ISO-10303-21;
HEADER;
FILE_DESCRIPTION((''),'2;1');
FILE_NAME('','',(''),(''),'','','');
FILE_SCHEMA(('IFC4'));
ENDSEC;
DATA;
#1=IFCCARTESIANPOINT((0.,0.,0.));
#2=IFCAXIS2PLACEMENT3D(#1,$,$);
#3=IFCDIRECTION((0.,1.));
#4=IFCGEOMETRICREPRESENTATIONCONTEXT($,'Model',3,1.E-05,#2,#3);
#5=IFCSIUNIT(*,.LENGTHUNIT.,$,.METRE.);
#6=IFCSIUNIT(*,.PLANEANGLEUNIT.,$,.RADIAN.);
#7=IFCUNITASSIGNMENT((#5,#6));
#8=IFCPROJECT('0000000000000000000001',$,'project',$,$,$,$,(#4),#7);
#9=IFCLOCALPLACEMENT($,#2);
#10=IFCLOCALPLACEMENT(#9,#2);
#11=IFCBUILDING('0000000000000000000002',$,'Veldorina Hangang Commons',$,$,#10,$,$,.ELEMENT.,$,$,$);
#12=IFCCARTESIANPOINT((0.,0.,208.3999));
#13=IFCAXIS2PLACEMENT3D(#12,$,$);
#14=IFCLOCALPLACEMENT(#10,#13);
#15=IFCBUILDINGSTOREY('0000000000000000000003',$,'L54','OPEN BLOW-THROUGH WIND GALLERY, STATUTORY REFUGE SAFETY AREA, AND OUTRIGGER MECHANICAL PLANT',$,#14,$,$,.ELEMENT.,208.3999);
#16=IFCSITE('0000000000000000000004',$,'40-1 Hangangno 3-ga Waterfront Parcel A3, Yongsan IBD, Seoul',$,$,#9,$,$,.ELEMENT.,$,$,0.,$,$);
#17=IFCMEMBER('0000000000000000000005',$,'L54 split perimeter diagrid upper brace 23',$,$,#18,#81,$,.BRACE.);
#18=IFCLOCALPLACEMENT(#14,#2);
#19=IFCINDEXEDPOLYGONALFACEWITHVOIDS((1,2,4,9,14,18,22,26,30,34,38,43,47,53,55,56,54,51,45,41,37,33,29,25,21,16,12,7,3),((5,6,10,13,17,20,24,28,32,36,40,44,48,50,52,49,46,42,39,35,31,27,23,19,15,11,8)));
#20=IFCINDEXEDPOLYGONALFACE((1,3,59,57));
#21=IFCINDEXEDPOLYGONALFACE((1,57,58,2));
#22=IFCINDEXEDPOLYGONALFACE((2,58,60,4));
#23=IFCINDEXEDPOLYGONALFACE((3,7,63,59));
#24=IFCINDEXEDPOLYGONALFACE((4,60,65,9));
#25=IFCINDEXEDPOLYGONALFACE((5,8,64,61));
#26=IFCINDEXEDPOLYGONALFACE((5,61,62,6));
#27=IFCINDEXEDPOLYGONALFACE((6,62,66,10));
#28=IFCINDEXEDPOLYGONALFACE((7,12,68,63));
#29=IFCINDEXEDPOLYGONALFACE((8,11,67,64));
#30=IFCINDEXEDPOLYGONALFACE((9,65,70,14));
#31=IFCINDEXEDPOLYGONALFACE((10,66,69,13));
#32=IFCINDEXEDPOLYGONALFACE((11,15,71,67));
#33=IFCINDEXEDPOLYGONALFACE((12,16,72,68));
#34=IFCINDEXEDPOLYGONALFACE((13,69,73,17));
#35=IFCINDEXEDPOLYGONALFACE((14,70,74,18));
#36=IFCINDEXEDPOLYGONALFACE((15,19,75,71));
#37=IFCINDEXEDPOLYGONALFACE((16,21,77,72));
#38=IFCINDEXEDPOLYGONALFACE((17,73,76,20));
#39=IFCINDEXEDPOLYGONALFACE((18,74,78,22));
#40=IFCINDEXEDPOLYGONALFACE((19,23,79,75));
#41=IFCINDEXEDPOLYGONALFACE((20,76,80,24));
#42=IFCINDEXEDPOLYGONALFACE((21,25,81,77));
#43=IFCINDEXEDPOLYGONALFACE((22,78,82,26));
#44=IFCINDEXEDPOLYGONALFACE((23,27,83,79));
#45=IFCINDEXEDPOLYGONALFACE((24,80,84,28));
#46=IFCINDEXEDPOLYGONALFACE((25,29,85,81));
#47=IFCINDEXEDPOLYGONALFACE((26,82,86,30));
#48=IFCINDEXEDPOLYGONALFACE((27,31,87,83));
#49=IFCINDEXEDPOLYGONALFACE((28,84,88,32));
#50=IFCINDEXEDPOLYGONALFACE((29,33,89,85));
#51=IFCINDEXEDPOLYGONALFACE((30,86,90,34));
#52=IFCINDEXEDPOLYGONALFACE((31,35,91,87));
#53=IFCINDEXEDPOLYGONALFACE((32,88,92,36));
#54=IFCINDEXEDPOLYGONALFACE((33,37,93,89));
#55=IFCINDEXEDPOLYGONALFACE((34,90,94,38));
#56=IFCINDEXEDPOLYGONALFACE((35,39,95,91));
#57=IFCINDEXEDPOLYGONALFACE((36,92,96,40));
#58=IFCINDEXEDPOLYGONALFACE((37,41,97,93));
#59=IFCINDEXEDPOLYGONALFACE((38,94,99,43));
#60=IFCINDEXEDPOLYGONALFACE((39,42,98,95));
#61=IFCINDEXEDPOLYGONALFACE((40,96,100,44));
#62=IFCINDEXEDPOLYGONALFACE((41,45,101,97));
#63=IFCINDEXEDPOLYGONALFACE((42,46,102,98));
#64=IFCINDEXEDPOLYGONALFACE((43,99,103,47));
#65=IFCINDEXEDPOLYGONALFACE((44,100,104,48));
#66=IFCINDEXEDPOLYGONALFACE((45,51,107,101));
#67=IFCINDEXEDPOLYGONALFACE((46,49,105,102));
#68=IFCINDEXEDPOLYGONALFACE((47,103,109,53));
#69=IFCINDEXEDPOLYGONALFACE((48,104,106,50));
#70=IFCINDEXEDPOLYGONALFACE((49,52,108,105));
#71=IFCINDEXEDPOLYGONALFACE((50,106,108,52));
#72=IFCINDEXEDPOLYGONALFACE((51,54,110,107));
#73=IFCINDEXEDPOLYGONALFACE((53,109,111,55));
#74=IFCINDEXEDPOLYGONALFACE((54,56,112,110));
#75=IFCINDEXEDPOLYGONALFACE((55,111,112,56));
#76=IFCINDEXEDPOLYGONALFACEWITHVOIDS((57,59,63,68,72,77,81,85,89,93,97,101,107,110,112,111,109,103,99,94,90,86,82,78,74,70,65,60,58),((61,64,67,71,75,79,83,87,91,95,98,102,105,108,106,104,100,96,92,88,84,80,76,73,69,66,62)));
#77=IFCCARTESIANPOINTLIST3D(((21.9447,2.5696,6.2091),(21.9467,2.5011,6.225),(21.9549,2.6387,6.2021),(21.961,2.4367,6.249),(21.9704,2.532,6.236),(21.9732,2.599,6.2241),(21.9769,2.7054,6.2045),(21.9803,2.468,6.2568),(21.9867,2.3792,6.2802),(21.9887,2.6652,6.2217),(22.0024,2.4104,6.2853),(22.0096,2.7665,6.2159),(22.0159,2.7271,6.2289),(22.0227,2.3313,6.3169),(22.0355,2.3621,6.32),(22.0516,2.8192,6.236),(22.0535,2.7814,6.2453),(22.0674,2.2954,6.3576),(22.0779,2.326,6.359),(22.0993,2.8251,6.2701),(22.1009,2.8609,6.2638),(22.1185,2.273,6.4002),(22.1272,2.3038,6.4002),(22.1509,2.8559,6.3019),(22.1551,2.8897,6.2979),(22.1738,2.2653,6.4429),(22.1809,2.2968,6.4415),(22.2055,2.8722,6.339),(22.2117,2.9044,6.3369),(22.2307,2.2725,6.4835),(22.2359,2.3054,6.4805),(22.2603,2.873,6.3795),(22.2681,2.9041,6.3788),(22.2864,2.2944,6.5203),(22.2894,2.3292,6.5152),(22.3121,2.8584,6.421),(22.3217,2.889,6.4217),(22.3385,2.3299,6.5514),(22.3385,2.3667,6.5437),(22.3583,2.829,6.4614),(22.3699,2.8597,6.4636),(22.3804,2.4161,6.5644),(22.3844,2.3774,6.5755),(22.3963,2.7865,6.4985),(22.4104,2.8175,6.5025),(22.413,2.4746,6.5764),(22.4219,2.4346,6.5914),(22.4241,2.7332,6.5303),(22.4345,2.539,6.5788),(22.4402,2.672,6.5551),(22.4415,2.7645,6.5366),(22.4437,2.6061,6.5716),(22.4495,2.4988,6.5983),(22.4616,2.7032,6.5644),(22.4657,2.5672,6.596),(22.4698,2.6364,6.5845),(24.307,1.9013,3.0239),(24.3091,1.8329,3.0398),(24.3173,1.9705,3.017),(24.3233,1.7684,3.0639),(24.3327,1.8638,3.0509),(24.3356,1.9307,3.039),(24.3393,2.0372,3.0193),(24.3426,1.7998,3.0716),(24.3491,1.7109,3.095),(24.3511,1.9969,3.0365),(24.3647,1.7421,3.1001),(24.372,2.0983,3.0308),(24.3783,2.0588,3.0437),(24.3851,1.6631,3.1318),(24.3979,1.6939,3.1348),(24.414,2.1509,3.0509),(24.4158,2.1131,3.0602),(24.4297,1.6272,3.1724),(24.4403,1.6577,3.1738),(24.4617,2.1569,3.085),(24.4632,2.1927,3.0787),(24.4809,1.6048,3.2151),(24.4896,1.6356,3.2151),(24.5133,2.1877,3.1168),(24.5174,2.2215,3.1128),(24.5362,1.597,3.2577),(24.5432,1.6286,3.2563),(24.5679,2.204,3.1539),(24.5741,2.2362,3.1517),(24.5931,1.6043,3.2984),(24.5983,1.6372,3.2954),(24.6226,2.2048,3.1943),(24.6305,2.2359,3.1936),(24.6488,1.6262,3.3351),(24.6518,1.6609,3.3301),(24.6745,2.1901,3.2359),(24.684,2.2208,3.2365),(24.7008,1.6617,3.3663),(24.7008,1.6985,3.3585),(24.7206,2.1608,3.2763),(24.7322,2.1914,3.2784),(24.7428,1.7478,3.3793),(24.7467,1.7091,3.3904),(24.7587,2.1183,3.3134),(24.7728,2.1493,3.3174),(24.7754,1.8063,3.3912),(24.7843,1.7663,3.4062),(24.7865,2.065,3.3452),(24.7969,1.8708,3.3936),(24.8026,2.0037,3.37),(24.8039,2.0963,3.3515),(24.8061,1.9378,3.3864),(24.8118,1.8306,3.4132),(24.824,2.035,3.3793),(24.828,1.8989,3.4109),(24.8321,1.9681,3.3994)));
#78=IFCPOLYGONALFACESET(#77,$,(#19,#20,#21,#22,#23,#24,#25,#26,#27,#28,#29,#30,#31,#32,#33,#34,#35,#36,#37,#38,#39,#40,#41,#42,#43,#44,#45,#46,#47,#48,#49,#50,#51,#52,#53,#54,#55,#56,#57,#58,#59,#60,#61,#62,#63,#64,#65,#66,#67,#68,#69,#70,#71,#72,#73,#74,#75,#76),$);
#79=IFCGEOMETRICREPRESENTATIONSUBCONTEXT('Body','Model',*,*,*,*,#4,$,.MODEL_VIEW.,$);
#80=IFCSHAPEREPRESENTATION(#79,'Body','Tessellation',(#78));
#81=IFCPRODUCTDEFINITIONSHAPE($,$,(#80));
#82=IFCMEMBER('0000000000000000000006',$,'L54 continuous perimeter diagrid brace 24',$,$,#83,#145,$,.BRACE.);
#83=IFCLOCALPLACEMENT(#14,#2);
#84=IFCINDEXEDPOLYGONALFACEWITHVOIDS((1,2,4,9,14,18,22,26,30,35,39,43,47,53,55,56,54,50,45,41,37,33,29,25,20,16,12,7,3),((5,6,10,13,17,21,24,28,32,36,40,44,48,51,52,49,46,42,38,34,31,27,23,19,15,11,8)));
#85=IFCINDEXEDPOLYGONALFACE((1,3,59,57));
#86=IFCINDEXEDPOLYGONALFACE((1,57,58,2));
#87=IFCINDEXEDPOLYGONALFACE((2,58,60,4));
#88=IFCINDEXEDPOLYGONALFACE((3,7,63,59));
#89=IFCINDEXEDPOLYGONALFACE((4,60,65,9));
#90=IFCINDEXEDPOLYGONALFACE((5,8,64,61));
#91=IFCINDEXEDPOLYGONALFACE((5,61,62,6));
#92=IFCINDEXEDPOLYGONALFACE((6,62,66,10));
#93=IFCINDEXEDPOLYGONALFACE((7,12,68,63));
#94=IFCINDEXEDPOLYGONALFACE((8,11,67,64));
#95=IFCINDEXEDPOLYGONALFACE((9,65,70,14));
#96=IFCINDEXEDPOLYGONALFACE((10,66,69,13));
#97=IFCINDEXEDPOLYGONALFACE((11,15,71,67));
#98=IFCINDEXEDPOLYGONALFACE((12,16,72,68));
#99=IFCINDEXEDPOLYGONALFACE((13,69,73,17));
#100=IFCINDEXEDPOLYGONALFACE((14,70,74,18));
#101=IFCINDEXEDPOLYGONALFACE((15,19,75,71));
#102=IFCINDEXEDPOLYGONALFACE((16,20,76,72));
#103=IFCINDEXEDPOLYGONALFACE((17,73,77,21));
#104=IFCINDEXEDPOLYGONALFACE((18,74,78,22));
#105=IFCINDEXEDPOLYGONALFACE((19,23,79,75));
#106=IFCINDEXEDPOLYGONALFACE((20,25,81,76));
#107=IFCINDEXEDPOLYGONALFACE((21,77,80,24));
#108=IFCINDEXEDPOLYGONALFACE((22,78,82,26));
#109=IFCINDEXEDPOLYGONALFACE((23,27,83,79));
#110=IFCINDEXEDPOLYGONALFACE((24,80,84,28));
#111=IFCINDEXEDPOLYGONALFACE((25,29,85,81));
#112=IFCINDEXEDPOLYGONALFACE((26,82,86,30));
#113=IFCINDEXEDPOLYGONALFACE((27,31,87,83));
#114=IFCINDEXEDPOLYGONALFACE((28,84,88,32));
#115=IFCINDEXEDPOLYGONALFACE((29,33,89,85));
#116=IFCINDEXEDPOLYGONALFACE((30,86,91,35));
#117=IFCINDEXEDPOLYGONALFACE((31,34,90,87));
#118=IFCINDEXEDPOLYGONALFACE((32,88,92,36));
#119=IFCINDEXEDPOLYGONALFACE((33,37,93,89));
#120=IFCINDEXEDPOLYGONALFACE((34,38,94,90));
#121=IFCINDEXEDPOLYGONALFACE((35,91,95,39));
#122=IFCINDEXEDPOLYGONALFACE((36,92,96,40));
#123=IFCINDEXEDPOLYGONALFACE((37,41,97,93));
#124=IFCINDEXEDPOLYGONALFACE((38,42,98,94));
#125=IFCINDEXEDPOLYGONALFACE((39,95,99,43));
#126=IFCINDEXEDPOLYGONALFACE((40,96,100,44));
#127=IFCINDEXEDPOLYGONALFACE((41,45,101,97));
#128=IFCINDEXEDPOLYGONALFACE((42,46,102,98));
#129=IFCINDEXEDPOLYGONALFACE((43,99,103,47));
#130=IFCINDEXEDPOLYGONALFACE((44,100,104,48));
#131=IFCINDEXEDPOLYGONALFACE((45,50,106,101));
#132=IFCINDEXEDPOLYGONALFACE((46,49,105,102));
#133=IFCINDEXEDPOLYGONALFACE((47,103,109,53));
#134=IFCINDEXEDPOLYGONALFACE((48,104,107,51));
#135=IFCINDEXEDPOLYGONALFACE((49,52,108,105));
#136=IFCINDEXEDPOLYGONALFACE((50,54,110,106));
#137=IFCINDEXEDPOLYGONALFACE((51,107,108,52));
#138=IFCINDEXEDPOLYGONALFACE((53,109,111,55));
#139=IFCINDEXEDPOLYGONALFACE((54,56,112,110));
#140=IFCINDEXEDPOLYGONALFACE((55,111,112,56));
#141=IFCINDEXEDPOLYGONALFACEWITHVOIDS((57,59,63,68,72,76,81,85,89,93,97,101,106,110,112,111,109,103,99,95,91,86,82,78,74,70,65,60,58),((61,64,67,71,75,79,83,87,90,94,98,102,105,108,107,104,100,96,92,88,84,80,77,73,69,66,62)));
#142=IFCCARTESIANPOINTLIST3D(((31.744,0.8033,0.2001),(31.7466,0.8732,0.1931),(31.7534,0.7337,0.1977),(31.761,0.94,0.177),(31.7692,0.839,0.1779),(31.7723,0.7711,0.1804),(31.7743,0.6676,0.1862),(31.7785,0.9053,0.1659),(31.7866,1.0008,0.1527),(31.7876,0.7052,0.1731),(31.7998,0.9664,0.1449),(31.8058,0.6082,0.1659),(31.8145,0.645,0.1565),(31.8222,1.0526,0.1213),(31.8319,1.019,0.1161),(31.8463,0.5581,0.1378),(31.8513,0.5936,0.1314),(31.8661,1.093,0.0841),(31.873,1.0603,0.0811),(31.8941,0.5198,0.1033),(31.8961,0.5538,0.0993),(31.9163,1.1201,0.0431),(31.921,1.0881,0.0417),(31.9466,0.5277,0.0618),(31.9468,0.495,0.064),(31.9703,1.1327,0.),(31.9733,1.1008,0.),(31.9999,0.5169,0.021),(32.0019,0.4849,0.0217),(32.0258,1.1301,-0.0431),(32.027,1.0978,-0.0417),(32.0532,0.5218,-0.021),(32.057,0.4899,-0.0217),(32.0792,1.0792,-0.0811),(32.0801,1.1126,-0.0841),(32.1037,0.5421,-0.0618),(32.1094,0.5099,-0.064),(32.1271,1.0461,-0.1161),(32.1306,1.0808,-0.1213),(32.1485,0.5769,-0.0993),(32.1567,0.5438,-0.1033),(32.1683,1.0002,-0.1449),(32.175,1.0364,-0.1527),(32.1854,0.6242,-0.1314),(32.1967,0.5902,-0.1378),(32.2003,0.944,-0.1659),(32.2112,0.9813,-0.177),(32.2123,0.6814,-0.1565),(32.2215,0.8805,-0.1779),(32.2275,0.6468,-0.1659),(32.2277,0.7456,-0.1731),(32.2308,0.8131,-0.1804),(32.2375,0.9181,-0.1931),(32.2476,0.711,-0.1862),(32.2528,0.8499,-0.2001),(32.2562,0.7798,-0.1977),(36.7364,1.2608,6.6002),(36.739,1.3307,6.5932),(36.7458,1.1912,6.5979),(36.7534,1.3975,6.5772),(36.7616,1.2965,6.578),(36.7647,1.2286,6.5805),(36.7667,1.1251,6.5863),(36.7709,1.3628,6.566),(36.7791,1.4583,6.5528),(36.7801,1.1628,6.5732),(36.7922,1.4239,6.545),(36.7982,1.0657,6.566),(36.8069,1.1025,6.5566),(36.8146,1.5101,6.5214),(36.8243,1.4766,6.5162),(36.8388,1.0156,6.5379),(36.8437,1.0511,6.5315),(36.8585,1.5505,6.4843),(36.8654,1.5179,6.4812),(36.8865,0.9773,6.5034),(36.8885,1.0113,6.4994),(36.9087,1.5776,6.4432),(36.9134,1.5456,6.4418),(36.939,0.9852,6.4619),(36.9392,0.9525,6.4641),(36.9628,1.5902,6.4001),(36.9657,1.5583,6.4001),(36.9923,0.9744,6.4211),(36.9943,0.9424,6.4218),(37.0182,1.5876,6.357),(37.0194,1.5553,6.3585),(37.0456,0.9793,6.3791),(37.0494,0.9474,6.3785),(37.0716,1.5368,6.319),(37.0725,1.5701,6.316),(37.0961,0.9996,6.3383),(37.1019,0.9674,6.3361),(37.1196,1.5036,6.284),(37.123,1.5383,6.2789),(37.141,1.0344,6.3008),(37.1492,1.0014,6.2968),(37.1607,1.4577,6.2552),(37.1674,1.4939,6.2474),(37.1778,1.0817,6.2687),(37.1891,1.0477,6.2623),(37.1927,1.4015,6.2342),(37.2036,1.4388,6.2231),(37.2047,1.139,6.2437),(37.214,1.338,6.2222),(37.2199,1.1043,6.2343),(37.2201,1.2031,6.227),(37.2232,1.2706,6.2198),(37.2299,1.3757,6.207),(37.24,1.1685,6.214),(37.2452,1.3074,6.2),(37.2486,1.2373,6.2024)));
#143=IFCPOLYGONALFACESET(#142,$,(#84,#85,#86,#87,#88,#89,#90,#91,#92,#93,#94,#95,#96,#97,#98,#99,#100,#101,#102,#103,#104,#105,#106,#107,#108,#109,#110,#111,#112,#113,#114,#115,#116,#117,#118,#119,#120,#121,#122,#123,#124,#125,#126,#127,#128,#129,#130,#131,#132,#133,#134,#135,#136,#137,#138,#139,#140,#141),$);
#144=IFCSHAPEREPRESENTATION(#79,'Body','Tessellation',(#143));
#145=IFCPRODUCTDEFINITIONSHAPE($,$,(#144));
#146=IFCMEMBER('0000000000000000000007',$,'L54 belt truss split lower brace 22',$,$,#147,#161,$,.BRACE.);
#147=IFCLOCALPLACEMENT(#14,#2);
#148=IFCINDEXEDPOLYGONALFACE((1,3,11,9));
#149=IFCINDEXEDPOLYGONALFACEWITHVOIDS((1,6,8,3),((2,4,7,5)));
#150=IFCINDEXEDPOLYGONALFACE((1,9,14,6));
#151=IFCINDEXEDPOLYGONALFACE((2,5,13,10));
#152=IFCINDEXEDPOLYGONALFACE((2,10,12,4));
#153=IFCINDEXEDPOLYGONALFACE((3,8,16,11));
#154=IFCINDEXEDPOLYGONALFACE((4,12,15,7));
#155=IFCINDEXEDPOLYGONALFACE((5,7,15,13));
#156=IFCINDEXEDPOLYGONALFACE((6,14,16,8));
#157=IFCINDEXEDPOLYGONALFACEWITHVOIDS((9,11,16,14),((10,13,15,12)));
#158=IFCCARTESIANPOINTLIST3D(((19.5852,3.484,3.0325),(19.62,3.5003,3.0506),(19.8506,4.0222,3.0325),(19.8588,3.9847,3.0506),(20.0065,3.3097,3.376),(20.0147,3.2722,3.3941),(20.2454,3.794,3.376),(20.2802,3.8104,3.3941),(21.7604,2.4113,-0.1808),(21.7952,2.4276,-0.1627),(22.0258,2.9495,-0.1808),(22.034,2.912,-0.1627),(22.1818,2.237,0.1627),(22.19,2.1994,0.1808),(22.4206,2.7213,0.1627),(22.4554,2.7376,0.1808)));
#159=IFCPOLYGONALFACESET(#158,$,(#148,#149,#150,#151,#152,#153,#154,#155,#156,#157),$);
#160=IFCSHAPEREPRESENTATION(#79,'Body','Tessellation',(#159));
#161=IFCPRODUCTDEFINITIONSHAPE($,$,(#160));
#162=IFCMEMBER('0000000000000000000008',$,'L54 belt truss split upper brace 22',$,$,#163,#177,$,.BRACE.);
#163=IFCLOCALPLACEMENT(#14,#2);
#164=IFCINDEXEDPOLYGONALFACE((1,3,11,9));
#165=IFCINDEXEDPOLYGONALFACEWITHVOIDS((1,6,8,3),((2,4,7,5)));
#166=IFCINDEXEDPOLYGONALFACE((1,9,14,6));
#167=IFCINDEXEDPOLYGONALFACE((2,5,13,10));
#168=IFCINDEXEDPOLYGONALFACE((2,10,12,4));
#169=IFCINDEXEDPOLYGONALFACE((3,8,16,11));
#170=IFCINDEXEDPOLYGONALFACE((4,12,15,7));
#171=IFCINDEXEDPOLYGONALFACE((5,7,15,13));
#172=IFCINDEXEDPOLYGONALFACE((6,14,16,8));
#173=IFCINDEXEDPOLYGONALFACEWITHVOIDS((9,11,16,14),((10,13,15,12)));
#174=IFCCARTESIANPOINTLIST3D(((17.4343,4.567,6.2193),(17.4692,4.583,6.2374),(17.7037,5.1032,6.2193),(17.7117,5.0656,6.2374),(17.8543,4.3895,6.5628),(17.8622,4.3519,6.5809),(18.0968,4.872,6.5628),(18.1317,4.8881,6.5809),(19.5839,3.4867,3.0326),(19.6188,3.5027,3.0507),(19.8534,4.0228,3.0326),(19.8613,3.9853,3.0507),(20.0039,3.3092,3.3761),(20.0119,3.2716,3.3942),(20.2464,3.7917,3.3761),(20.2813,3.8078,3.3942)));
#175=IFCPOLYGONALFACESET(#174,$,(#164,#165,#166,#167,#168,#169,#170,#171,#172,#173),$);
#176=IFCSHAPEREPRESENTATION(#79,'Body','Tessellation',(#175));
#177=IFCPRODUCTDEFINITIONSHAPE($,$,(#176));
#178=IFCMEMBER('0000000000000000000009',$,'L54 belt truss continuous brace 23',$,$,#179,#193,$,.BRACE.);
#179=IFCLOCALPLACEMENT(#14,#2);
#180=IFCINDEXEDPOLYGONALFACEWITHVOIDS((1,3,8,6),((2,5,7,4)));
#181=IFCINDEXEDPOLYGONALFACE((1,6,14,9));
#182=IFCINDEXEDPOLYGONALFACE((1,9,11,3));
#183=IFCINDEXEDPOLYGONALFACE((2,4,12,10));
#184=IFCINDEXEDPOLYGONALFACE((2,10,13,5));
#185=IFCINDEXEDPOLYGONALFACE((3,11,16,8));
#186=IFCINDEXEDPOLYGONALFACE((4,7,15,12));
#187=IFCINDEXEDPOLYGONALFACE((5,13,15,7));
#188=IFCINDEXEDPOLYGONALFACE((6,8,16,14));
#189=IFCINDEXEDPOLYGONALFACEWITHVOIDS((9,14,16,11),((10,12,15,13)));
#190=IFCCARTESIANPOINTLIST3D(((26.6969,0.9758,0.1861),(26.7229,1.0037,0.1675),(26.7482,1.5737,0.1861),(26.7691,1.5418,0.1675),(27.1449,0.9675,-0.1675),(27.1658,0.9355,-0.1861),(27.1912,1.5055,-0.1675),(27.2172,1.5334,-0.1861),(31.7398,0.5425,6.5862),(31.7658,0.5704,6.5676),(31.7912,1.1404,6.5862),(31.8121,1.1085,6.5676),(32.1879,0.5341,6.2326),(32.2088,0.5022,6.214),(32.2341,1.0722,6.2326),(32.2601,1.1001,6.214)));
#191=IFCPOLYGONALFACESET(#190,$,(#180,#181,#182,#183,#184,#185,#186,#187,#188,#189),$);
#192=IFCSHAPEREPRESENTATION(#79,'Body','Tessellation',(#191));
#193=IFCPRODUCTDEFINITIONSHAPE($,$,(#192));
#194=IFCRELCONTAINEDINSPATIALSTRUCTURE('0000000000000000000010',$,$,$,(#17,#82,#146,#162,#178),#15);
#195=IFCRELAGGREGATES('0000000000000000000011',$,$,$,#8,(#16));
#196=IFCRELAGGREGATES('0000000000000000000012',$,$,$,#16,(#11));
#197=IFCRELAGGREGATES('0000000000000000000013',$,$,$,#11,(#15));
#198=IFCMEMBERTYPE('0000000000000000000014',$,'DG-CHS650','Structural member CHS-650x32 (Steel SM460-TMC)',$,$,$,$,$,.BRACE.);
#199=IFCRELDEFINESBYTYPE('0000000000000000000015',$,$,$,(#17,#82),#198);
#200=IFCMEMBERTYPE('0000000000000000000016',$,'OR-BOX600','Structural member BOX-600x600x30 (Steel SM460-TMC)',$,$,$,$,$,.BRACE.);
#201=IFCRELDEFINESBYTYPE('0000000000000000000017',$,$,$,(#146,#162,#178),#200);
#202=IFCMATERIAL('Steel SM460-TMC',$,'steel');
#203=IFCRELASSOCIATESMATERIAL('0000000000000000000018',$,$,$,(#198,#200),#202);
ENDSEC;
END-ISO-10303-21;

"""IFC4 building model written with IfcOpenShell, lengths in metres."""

from ifc_helpers import new_model, si_unit, direction, frame, origin, origin_2d, place, context, subcontext, project, spatial, hollow_rectangle, hollow_circle, extrude, material, material_profile, profile_set, type_object, element, save


model = new_model("IFC4")

# Units and contexts
model_context = context("Model", 3, precision=1e-05, world=origin(), true_north=direction((0.0, 1.0)))
body_context = subcontext(model_context, "Body", "Model", "MODEL_VIEW")
ifc_project = project(units=[si_unit("LENGTHUNIT", "METRE"), si_unit("PLANEANGLEUNIT", "RADIAN")], contexts=[model_context])

# Site, building, storey
site_placement = place(None, origin())
site = spatial("IfcSite", under=ifc_project, at=site_placement, Name="40-1 Hangangno 3-ga Waterfront Parcel A3, Yongsan IBD, Seoul", CompositionType="ELEMENT", RefElevation=0.0)
building_placement = place(site_placement, origin())
building = spatial("IfcBuilding", under=site, at=building_placement, Name="Veldorina Hangang Commons", CompositionType="ELEMENT")
storey_placement = place(building_placement, frame((0.0, 0.0, 208.3999)))
storey = spatial("IfcBuildingStorey", under=building, at=storey_placement, Name="L54", Description="OPEN BLOW-THROUGH WIND GALLERY, STATUTORY REFUGE SAFETY AREA, AND OUTRIGGER MECHANICAL PLANT", CompositionType="ELEMENT", Elevation=208.3999)

# Shared definitions
ifc_material_1 = material(Name="Steel SM460-TMC", Category="steel")

# Members
ifc_material_profile_1 = material_profile(ifc_material_1, hollow_circle(Radius=0.325, WallThickness=0.032, at=origin_2d()), Name="CHS-650x32")
ifc_profile_set_1 = profile_set([ifc_material_profile_1], Name="Steel SM460-TMC")
member_type_1 = type_object("IfcMemberType", Name="DG-CHS650", Description="Structural member CHS-650x32 (Steel SM460-TMC)", PredefinedType="BRACE", material=ifc_profile_set_1)
member_1_placement = place(storey_placement, frame((24.5693, 1.9175, 3.2151), z_axis=(-0.587435, 0.166165, 0.792029), x_axis=(-0.272185, -0.962245, 0.0)))
element("IfcMember", 1, at=member_1_placement, inside=storey, type_object=member_type_1, Name="L54 split perimeter diagrid upper brace 23", PredefinedType="BRACE", context=body_context, shape_type="SweptSolid", body=[
    extrude(hollow_circle(Radius=0.325, WallThickness=0.032, at=origin_2d()), origin(), (0.0, 0.0, 1.0), 4.0215),
])
member_2_placement = place(storey_placement, frame((32.0, 0.8091, 0.0), z_axis=(0.614081, 0.056276, 0.787234), x_axis=(-0.09126, 0.995827, 0.0)))
element("IfcMember", 2, at=member_2_placement, inside=storey, type_object=member_type_1, Name="L54 continuous perimeter diagrid brace 24", PredefinedType="BRACE", context=body_context, shape_type="SweptSolid", body=[
    extrude(hollow_circle(Radius=0.325, WallThickness=0.032, at=origin_2d()), origin(), (0.0, 0.0, 1.0), 8.1299),
])
ifc_material_profile_2 = material_profile(ifc_material_1, hollow_rectangle(XDim=0.6001, YDim=0.6001, WallThickness=0.03, at=origin_2d()), Name="BOX-600x600x30")
ifc_profile_set_2 = profile_set([ifc_material_profile_2], Name="Steel SM460-TMC")
member_type_2 = type_object("IfcMemberType", Name="OR-BOX600", Description="Structural member BOX-600x600x30 (Steel SM460-TMC)", PredefinedType="BRACE", material=ifc_profile_set_2)
member_3_placement = place(storey_placement, frame((22.1079, 2.5745, 0.0), z_axis=(-0.540314, 0.266458, 0.798161), x_axis=(-0.442295, -0.89687, 0.0)))
element("IfcMember", 3, at=member_3_placement, inside=storey, type_object=member_type_2, Name="L54 belt truss split lower brace 22", PredefinedType="BRACE", context=body_context, shape_type="SweptSolid", body=[
    extrude(hollow_rectangle(XDim=0.6001, YDim=0.6001, WallThickness=0.03, at=origin_2d()), origin(), (0.0, 0.0, 1.0), 4.0259),
])
member_4_placement = place(storey_placement, frame((19.9326, 3.6472, 3.2134), z_axis=(-0.538364, 0.270558, 0.798099), x_axis=(-0.449039, -0.893512, 0.0)))
element("IfcMember", 4, at=member_4_placement, inside=storey, type_object=member_type_2, Name="L54 belt truss split upper brace 22", PredefinedType="BRACE", context=body_context, shape_type="SweptSolid", body=[
    extrude(hollow_rectangle(XDim=0.6001, YDim=0.6001, WallThickness=0.03, at=origin_2d()), origin(), (0.0, 0.0, 1.0), 3.9929),
])
member_5_placement = place(storey_placement, frame((26.957, 1.2546, 0.0), z_axis=(0.618031, -0.053108, 0.784358), x_axis=(0.085616, 0.996328, 0.0)))
element("IfcMember", 5, at=member_5_placement, inside=storey, type_object=member_type_2, Name="L54 belt truss continuous brace 23", PredefinedType="BRACE", context=body_context, shape_type="SweptSolid", body=[
    extrude(hollow_rectangle(XDim=0.6001, YDim=0.6001, WallThickness=0.03, at=origin_2d()), origin(), (0.0, 0.0, 1.0), 8.1597),
])

save(model, "model.ifc")
